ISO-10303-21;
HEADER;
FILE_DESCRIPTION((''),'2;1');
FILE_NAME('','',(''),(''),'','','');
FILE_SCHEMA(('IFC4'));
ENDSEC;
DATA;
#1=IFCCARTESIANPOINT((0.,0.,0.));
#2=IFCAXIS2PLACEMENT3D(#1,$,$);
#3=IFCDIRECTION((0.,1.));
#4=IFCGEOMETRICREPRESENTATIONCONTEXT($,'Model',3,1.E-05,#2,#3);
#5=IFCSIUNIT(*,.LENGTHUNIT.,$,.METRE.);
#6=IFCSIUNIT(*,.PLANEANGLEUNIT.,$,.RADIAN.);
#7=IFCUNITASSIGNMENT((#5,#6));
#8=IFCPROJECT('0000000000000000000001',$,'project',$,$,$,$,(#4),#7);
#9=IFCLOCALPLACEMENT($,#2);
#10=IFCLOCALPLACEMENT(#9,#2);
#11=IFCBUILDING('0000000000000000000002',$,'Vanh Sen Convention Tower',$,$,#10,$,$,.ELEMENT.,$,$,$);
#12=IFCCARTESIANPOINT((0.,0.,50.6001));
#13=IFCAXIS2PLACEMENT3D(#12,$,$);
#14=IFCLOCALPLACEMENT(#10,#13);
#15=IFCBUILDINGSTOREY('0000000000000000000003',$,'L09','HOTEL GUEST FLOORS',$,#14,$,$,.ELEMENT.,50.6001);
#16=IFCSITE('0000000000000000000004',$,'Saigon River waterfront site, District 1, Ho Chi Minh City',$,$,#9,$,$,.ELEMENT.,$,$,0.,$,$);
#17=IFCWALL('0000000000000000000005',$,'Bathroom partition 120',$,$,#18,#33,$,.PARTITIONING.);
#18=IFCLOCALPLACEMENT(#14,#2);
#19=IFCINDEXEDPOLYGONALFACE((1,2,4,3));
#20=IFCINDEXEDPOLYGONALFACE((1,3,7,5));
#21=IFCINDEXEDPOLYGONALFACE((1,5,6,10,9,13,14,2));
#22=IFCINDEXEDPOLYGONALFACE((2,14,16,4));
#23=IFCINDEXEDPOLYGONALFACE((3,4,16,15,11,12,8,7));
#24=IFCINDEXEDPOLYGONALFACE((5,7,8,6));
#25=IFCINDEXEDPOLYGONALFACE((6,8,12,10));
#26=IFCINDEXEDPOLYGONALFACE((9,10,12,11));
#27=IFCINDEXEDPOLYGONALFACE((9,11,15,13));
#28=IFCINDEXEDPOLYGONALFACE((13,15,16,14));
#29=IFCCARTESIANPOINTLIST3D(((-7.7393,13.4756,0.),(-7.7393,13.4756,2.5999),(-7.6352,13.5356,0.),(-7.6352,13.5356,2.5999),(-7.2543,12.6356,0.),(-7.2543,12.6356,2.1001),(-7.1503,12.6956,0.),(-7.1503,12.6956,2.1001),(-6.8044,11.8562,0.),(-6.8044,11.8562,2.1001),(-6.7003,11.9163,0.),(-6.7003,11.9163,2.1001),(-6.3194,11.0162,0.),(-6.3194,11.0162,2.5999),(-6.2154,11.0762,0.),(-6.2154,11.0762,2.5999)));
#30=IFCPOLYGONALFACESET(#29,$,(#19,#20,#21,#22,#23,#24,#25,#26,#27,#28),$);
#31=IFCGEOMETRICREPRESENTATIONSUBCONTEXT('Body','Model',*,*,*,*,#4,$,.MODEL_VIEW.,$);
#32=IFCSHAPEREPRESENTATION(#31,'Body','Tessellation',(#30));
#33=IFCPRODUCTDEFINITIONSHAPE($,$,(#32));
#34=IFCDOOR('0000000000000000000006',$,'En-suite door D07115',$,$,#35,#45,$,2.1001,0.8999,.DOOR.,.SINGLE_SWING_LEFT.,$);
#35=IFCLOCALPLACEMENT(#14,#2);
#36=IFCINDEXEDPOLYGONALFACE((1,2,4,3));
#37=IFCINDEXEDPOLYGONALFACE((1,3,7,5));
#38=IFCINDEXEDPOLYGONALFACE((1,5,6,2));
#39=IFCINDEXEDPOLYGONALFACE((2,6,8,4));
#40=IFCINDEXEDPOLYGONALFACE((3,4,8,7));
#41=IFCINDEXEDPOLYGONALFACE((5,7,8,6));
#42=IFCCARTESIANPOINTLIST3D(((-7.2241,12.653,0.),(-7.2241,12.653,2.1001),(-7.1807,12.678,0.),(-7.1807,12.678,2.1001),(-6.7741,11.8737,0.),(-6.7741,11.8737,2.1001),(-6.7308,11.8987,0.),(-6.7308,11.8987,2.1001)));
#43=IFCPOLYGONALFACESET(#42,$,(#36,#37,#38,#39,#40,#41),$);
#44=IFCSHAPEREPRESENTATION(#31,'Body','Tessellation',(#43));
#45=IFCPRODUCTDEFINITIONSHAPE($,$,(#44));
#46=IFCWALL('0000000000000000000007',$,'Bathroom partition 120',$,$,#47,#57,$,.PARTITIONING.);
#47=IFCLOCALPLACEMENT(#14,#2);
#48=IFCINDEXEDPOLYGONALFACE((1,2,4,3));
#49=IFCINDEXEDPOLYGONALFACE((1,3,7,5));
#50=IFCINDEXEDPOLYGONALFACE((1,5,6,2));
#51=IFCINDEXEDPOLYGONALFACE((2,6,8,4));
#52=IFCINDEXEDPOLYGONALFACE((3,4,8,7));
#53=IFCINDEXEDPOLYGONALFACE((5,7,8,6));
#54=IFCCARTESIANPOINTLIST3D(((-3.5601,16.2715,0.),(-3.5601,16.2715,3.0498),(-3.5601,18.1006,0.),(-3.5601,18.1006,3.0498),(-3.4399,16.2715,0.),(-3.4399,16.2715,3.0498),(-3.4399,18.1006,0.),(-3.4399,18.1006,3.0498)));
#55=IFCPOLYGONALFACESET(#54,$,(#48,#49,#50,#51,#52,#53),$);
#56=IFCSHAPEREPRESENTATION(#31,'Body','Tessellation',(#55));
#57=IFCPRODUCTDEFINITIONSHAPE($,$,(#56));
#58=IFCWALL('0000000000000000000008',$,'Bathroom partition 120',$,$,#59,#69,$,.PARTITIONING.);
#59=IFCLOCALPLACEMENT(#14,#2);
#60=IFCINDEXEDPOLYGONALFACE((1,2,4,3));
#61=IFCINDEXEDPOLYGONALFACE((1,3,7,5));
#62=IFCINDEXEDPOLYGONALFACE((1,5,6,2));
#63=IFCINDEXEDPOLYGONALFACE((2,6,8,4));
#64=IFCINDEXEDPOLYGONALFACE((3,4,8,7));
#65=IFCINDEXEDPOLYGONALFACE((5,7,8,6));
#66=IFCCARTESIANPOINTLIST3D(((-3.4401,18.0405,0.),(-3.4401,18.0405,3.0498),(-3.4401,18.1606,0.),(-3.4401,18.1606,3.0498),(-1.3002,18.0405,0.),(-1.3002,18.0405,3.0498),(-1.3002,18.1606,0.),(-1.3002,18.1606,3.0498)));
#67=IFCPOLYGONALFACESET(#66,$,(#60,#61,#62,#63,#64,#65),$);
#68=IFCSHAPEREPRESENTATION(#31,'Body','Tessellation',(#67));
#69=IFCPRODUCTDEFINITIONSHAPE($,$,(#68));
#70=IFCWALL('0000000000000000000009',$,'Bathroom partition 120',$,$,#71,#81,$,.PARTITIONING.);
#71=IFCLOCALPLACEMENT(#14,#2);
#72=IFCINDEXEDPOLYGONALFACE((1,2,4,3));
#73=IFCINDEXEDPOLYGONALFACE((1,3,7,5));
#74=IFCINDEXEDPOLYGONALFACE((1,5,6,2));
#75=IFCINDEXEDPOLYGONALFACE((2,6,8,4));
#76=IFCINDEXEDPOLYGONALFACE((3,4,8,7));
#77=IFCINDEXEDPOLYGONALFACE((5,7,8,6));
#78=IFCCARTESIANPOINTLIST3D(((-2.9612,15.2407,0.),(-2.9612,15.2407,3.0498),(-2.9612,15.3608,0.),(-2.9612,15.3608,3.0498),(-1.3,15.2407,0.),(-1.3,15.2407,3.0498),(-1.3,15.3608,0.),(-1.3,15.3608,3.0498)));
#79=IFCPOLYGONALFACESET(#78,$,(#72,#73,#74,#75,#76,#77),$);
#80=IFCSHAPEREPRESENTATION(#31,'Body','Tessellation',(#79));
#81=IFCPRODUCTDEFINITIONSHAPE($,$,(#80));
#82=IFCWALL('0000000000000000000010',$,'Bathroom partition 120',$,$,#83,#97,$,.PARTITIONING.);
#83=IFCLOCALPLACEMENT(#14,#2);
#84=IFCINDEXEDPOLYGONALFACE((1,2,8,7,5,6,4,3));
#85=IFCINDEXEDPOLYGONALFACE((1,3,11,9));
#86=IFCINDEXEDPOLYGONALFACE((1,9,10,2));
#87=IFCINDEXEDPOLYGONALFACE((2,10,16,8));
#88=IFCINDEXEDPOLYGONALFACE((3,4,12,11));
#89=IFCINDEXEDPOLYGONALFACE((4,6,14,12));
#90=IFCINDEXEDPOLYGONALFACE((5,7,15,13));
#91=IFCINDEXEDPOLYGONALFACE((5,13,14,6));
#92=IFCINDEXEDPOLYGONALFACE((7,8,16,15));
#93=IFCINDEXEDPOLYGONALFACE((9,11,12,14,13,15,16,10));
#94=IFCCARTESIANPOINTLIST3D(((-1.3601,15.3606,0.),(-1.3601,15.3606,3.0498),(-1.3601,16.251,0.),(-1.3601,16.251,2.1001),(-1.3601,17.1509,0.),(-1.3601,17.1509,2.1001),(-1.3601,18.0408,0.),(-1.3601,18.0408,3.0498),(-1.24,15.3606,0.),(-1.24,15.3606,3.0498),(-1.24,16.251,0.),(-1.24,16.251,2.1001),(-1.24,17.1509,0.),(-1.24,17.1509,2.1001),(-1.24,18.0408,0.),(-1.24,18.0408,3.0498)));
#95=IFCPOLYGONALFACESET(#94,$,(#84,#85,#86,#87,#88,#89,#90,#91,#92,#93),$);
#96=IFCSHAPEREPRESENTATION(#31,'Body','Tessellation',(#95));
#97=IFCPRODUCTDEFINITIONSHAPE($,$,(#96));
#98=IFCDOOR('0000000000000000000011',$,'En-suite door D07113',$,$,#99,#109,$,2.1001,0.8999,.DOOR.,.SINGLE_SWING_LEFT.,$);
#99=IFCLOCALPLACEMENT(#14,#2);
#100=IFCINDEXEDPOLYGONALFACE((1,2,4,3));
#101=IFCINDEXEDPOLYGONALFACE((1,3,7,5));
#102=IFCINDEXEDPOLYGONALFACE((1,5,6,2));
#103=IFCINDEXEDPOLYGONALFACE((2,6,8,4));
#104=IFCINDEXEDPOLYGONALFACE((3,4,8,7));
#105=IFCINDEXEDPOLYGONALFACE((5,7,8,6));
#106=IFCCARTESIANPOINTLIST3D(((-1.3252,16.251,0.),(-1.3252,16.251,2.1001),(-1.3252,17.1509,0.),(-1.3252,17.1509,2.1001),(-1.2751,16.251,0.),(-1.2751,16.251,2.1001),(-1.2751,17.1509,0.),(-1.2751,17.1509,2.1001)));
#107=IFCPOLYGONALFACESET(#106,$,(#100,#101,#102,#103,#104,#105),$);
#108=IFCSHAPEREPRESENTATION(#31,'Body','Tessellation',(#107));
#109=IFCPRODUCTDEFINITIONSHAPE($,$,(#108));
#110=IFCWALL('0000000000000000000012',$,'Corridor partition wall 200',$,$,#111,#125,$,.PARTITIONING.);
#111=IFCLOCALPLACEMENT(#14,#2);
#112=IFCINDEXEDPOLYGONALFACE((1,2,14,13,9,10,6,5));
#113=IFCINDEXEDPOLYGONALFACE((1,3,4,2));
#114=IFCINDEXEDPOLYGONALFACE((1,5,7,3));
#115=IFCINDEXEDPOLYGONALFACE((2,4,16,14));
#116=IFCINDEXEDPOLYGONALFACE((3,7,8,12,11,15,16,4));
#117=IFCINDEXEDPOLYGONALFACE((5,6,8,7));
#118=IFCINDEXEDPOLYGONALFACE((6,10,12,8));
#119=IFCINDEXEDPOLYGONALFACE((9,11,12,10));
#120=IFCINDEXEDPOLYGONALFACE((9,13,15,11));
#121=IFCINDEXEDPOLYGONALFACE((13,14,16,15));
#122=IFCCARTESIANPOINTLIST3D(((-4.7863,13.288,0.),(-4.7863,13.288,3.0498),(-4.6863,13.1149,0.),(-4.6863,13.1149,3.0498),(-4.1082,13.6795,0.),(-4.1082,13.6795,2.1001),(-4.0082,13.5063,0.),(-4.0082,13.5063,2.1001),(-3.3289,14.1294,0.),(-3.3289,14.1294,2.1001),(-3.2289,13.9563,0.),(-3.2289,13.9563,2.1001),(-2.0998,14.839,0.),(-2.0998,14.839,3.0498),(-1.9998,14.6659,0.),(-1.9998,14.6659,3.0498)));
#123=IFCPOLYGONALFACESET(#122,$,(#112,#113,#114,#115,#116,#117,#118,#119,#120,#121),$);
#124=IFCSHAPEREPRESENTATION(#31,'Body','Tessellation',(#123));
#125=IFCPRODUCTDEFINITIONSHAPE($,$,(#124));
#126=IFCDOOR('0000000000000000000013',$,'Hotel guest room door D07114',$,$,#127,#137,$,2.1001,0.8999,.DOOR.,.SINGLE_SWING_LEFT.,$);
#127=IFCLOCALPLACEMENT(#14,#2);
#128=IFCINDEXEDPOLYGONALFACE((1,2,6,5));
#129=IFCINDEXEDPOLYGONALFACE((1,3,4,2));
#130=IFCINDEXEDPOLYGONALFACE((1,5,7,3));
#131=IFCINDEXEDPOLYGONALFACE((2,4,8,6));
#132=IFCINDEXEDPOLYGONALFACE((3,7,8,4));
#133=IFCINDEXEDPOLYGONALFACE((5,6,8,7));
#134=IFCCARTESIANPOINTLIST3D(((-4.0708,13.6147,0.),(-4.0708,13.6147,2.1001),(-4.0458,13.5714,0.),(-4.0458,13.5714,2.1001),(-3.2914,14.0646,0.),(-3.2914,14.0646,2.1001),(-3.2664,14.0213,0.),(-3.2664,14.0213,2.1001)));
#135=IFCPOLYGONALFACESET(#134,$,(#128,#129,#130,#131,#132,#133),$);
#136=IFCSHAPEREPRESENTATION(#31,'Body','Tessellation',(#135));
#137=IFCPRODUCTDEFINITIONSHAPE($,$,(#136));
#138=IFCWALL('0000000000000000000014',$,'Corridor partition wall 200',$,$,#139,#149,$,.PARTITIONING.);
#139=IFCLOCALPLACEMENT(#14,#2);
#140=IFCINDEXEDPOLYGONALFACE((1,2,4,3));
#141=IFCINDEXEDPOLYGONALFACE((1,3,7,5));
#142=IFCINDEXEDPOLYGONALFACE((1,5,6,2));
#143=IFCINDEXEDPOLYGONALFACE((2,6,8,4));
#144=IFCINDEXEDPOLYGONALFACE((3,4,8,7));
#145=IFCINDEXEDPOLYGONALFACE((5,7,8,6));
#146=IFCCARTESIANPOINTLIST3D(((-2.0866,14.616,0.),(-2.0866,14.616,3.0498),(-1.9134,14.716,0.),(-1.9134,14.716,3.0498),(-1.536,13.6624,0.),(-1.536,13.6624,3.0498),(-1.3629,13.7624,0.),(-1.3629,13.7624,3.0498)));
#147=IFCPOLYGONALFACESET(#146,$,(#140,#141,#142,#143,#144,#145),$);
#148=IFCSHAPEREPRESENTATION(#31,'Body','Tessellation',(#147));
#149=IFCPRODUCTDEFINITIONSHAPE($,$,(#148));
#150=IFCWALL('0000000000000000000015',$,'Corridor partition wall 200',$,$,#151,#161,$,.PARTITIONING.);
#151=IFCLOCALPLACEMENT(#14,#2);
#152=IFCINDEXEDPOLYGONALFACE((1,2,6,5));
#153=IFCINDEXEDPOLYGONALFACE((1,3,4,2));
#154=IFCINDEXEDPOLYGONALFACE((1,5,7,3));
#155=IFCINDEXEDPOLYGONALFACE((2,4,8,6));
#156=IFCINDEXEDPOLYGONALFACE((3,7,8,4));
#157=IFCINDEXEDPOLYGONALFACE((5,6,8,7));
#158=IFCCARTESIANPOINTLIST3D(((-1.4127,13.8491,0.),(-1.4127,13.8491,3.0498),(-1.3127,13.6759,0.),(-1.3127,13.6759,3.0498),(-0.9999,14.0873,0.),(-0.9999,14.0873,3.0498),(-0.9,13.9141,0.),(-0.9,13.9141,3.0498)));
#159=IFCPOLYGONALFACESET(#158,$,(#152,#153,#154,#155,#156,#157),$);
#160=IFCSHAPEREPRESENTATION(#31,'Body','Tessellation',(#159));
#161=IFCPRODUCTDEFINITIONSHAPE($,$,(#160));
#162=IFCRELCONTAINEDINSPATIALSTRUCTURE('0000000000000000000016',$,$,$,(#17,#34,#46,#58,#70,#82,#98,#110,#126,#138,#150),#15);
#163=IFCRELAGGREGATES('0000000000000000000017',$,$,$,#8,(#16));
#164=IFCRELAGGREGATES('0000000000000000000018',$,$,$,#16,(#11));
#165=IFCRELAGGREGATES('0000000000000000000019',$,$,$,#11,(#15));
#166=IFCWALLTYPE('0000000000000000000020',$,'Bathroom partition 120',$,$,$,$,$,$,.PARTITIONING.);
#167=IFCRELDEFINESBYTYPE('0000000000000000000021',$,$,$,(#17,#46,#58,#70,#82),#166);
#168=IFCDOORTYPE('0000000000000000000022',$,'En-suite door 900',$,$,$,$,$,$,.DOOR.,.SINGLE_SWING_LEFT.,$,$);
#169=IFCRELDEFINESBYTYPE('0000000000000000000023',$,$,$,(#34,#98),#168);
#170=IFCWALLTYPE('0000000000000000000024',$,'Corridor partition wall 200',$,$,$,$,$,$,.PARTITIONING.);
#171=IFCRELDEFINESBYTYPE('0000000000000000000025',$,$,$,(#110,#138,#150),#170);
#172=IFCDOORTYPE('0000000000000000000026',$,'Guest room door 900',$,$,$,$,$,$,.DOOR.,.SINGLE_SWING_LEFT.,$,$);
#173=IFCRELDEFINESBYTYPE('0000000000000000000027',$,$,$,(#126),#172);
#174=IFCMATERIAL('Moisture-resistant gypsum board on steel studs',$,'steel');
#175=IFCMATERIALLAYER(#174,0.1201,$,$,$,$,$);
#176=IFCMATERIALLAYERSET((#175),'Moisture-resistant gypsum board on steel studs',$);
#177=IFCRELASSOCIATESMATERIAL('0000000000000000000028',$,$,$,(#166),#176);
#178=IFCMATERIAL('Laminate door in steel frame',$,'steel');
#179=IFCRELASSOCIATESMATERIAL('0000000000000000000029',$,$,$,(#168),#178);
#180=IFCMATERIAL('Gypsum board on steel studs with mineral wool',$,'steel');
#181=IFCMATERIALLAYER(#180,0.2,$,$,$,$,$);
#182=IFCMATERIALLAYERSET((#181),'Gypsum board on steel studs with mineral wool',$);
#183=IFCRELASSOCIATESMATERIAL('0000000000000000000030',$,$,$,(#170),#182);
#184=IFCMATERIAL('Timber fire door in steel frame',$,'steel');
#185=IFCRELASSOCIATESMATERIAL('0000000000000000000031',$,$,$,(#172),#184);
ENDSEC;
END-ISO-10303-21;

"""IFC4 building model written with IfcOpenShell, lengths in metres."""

from ifc_helpers import new_model, si_unit, direction, frame, frame_2d, origin, place, context, subcontext, project, spatial, rectangle, extrude, material, layer, layer_set, type_object, element, fill, save


model = new_model("IFC4")

# Units and contexts
model_context = context("Model", 3, precision=1e-05, world=origin(), true_north=direction((0.0, 1.0)))
body_context = subcontext(model_context, "Body", "Model", "MODEL_VIEW")
ifc_project = project(units=[si_unit("LENGTHUNIT", "METRE"), si_unit("PLANEANGLEUNIT", "RADIAN")], contexts=[model_context])

# Site, building, storey
site_placement = place(None, origin())
site = spatial("IfcSite", under=ifc_project, at=site_placement, Name="Saigon River waterfront site, District 1, Ho Chi Minh City", CompositionType="ELEMENT", RefElevation=0.0)
building_placement = place(site_placement, origin())
building = spatial("IfcBuilding", under=site, at=building_placement, Name="Vanh Sen Convention Tower", CompositionType="ELEMENT")
storey_placement = place(building_placement, frame((0.0, 0.0, 50.6001)))
storey = spatial("IfcBuildingStorey", under=building, at=storey_placement, Name="L09", Description="HOTEL GUEST FLOORS", CompositionType="ELEMENT", Elevation=50.6001)

# Wall, opening, door
ifc_material_1 = material(Name="Moisture-resistant gypsum board on steel studs", Category="steel")
ifc_layer_1 = layer(ifc_material_1, 0.1201)
ifc_layer_set_1 = layer_set([ifc_layer_1], Name="Moisture-resistant gypsum board on steel studs")
wall_type_1 = type_object("IfcWallType", Name="Bathroom partition 120", PredefinedType="PARTITIONING", material=ifc_layer_set_1)
wall_1_placement = place(storey_placement, frame((-7.6873, 13.5056, 0.0), z_axis=(0.0, 0.0, 1.0), x_axis=(0.499985, -0.866034, 0.0)))
wall_1 = element("IfcWall", 1, at=wall_1_placement, inside=storey, type_object=wall_type_1, Name="Bathroom partition 120", PredefinedType="PARTITIONING", context=body_context, shape_type="SweptSolid", body=[
    extrude(rectangle(XDim=2.8398, YDim=0.1201, at=frame_2d((1.4199, 0.0))), origin(), (0.0, 0.0, 1.0), 2.5999),
])
opening_1_placement = place(wall_1_placement, frame((0.97, 0.0, 0.0)))
opening_1 = element("IfcOpeningElement", 2, at=opening_1_placement, cuts=wall_1, PredefinedType="OPENING", context=body_context, shape_type="SweptSolid", body=[
    extrude(rectangle(XDim=0.8999, YDim=2.1001, at=frame_2d((0.45, 1.05))), frame((0.0, 0.0701, 0.0), z_axis=(0.0, -1.0, 0.0), x_axis=(1.0, 0.0, 0.0)), (0.0, 0.0, 1.0), 0.1401),
])
ifc_material_2 = material(Name="Laminate door in steel frame", Category="steel")
door_type_1 = type_object("IfcDoorType", Name="En-suite door 900", OperationType="SINGLE_SWING_LEFT", PredefinedType="DOOR", material=ifc_material_2)
door_1_placement = place(opening_1_placement, origin())
door_1 = element("IfcDoor", 3, at=door_1_placement, inside=storey, type_object=door_type_1, Name="En-suite door D07115", OperationType="SINGLE_SWING_LEFT", OverallHeight=2.1001, OverallWidth=0.8999, PredefinedType="DOOR", context=body_context, shape_type="SweptSolid", body=[
    extrude(rectangle(XDim=0.8999, YDim=2.1001, at=frame_2d((0.45, 1.05))), frame((0.0, 0.0249, 0.0), z_axis=(0.0, -1.0, 0.0), x_axis=(1.0, 0.0, 0.0)), (0.0, 0.0, 1.0), 0.05),
])
fill(opening_1, door_1)

# Walls
wall_2_placement = place(storey_placement, frame((-3.5, 16.2715, 0.0), z_axis=(0.0, 0.0, 1.0), x_axis=(0.0, 1.0, 0.0)))
element("IfcWall", 4, at=wall_2_placement, inside=storey, type_object=wall_type_1, Name="Bathroom partition 120", PredefinedType="PARTITIONING", context=body_context, shape_type="SweptSolid", body=[
    extrude(rectangle(XDim=1.8291, YDim=0.1201, at=frame_2d((0.9146, 0.0))), origin(), (0.0, 0.0, 1.0), 3.0498),
])
wall_3_placement = place(storey_placement, frame((-3.4399, 18.1006, 0.0), z_axis=(0.0, 0.0, 1.0), x_axis=(1.0, 0.0, 0.0)))
element("IfcWall", 5, at=wall_3_placement, inside=storey, type_object=wall_type_1, Name="Bathroom partition 120", PredefinedType="PARTITIONING", context=body_context, shape_type="SweptSolid", body=[
    extrude(rectangle(XDim=2.1399, YDim=0.1201, at=frame_2d((1.0698, 0.0))), origin(), (0.0, 0.0, 1.0), 3.0498),
])
wall_4_placement = place(storey_placement, frame((-1.3, 15.3008, 0.0), z_axis=(0.0, 0.0, 1.0), x_axis=(-1.0, 0.0, 0.0)))
element("IfcWall", 6, at=wall_4_placement, inside=storey, type_object=wall_type_1, Name="Bathroom partition 120", PredefinedType="PARTITIONING", context=body_context, shape_type="SweptSolid", body=[
    extrude(rectangle(XDim=1.6611, YDim=0.1201, at=frame_2d((0.8306, 0.0))), origin(), (0.0, 0.0, 1.0), 3.0498),
])

# Walls, openings, doors
wall_5_placement = place(storey_placement, frame((-1.3, 18.0408, 0.0), z_axis=(0.0, 0.0, 1.0), x_axis=(0.0, -1.0, 0.0)))
wall_5 = element("IfcWall", 7, at=wall_5_placement, inside=storey, type_object=wall_type_1, Name="Bathroom partition 120", PredefinedType="PARTITIONING", context=body_context, shape_type="SweptSolid", body=[
    extrude(rectangle(XDim=2.6802, YDim=0.1201, at=frame_2d((1.3401, 0.0))), origin(), (0.0, 0.0, 1.0), 3.0498),
])
opening_2_placement = place(wall_5_placement, frame((0.8899, 0.0, 0.0)))
opening_2 = element("IfcOpeningElement", 8, at=opening_2_placement, cuts=wall_5, PredefinedType="OPENING", context=body_context, shape_type="SweptSolid", body=[
    extrude(rectangle(XDim=0.8999, YDim=2.1001, at=frame_2d((0.45, 1.05))), frame((0.0, 0.0701, 0.0), z_axis=(0.0, -1.0, 0.0), x_axis=(1.0, 0.0, 0.0)), (0.0, 0.0, 1.0), 0.1401),
])
door_2_placement = place(opening_2_placement, origin())
door_2 = element("IfcDoor", 9, at=door_2_placement, inside=storey, type_object=door_type_1, Name="En-suite door D07113", OperationType="SINGLE_SWING_LEFT", OverallHeight=2.1001, OverallWidth=0.8999, PredefinedType="DOOR", context=body_context, shape_type="SweptSolid", body=[
    extrude(rectangle(XDim=0.8999, YDim=2.1001, at=frame_2d((0.45, 1.05))), frame((0.0, 0.0249, 0.0), z_axis=(0.0, -1.0, 0.0), x_axis=(1.0, 0.0, 0.0)), (0.0, 0.0, 1.0), 0.05),
])
fill(opening_2, door_2)
ifc_material_3 = material(Name="Gypsum board on steel studs with mineral wool", Category="steel")
ifc_layer_2 = layer(ifc_material_3, 0.2)
ifc_layer_set_2 = layer_set([ifc_layer_2], Name="Gypsum board on steel studs with mineral wool")
wall_type_2 = type_object("IfcWallType", Name="Corridor partition wall 200", PredefinedType="PARTITIONING", material=ifc_layer_set_2)
wall_6_placement = place(storey_placement, frame((-2.0498, 14.7524, 0.0), z_axis=(0.0, 0.0, 1.0), x_axis=(-0.866031, -0.49999, 0.0)))
wall_6 = element("IfcWall", 10, at=wall_6_placement, inside=storey, type_object=wall_type_2, Name="Corridor partition wall 200", PredefinedType="PARTITIONING", context=body_context, shape_type="SweptSolid", body=[
    extrude(rectangle(XDim=3.1021, YDim=0.2, at=frame_2d((1.551, 0.0))), origin(), (0.0, 0.0, 1.0), 3.0498),
])
opening_3_placement = place(wall_6_placement, frame((1.4192, 0.0, 0.0)))
opening_3 = element("IfcOpeningElement", 11, at=opening_3_placement, cuts=wall_6, PredefinedType="OPENING", context=body_context, shape_type="SweptSolid", body=[
    extrude(rectangle(XDim=0.8999, YDim=2.1001, at=frame_2d((0.45, 1.05))), frame((0.0, 0.1099, 0.0), z_axis=(0.0, -1.0, 0.0), x_axis=(1.0, 0.0, 0.0)), (0.0, 0.0, 1.0), 0.22),
])
ifc_material_4 = material(Name="Timber fire door in steel frame", Category="steel")
door_type_2 = type_object("IfcDoorType", Name="Guest room door 900", OperationType="SINGLE_SWING_LEFT", PredefinedType="DOOR", material=ifc_material_4)
door_3_placement = place(opening_3_placement, origin())
door_3 = element("IfcDoor", 12, at=door_3_placement, inside=storey, type_object=door_type_2, Name="Hotel guest room door D07114", OperationType="SINGLE_SWING_LEFT", OverallHeight=2.1001, OverallWidth=0.8999, PredefinedType="DOOR", context=body_context, shape_type="SweptSolid", body=[
    extrude(rectangle(XDim=0.8999, YDim=2.1001, at=frame_2d((0.45, 1.05))), frame((0.0, 0.0249, 0.0), z_axis=(0.0, -1.0, 0.0), x_axis=(1.0, 0.0, 0.0)), (0.0, 0.0, 1.0), 0.05),
])
fill(opening_3, door_3)

# Walls
wall_7_placement = place(storey_placement, frame((-1.4495, 13.7124, 0.0), z_axis=(0.0, 0.0, 1.0), x_axis=(-0.499978, 0.866038, 0.0)))
element("IfcWall", 13, at=wall_7_placement, inside=storey, type_object=wall_type_2, Name="Corridor partition wall 200", PredefinedType="PARTITIONING", context=body_context, shape_type="SweptSolid", body=[
    extrude(rectangle(XDim=1.1011, YDim=0.2, at=frame_2d((0.5505, 0.0))), origin(), (0.0, 0.0, 1.0), 3.0498),
])
wall_8_placement = place(storey_placement, frame((-0.95, 14.0007, 0.0), z_axis=(0.0, 0.0, 1.0), x_axis=(-0.866092, -0.499885, 0.0)))
element("IfcWall", 14, at=wall_8_placement, inside=storey, type_object=wall_type_2, Name="Corridor partition wall 200", PredefinedType="PARTITIONING", context=body_context, shape_type="SweptSolid", body=[
    extrude(rectangle(XDim=0.4766, YDim=0.2, at=frame_2d((0.2383, 0.0))), origin(), (0.0, 0.0, 1.0), 3.0498),
])

save(model, "model.ifc")
